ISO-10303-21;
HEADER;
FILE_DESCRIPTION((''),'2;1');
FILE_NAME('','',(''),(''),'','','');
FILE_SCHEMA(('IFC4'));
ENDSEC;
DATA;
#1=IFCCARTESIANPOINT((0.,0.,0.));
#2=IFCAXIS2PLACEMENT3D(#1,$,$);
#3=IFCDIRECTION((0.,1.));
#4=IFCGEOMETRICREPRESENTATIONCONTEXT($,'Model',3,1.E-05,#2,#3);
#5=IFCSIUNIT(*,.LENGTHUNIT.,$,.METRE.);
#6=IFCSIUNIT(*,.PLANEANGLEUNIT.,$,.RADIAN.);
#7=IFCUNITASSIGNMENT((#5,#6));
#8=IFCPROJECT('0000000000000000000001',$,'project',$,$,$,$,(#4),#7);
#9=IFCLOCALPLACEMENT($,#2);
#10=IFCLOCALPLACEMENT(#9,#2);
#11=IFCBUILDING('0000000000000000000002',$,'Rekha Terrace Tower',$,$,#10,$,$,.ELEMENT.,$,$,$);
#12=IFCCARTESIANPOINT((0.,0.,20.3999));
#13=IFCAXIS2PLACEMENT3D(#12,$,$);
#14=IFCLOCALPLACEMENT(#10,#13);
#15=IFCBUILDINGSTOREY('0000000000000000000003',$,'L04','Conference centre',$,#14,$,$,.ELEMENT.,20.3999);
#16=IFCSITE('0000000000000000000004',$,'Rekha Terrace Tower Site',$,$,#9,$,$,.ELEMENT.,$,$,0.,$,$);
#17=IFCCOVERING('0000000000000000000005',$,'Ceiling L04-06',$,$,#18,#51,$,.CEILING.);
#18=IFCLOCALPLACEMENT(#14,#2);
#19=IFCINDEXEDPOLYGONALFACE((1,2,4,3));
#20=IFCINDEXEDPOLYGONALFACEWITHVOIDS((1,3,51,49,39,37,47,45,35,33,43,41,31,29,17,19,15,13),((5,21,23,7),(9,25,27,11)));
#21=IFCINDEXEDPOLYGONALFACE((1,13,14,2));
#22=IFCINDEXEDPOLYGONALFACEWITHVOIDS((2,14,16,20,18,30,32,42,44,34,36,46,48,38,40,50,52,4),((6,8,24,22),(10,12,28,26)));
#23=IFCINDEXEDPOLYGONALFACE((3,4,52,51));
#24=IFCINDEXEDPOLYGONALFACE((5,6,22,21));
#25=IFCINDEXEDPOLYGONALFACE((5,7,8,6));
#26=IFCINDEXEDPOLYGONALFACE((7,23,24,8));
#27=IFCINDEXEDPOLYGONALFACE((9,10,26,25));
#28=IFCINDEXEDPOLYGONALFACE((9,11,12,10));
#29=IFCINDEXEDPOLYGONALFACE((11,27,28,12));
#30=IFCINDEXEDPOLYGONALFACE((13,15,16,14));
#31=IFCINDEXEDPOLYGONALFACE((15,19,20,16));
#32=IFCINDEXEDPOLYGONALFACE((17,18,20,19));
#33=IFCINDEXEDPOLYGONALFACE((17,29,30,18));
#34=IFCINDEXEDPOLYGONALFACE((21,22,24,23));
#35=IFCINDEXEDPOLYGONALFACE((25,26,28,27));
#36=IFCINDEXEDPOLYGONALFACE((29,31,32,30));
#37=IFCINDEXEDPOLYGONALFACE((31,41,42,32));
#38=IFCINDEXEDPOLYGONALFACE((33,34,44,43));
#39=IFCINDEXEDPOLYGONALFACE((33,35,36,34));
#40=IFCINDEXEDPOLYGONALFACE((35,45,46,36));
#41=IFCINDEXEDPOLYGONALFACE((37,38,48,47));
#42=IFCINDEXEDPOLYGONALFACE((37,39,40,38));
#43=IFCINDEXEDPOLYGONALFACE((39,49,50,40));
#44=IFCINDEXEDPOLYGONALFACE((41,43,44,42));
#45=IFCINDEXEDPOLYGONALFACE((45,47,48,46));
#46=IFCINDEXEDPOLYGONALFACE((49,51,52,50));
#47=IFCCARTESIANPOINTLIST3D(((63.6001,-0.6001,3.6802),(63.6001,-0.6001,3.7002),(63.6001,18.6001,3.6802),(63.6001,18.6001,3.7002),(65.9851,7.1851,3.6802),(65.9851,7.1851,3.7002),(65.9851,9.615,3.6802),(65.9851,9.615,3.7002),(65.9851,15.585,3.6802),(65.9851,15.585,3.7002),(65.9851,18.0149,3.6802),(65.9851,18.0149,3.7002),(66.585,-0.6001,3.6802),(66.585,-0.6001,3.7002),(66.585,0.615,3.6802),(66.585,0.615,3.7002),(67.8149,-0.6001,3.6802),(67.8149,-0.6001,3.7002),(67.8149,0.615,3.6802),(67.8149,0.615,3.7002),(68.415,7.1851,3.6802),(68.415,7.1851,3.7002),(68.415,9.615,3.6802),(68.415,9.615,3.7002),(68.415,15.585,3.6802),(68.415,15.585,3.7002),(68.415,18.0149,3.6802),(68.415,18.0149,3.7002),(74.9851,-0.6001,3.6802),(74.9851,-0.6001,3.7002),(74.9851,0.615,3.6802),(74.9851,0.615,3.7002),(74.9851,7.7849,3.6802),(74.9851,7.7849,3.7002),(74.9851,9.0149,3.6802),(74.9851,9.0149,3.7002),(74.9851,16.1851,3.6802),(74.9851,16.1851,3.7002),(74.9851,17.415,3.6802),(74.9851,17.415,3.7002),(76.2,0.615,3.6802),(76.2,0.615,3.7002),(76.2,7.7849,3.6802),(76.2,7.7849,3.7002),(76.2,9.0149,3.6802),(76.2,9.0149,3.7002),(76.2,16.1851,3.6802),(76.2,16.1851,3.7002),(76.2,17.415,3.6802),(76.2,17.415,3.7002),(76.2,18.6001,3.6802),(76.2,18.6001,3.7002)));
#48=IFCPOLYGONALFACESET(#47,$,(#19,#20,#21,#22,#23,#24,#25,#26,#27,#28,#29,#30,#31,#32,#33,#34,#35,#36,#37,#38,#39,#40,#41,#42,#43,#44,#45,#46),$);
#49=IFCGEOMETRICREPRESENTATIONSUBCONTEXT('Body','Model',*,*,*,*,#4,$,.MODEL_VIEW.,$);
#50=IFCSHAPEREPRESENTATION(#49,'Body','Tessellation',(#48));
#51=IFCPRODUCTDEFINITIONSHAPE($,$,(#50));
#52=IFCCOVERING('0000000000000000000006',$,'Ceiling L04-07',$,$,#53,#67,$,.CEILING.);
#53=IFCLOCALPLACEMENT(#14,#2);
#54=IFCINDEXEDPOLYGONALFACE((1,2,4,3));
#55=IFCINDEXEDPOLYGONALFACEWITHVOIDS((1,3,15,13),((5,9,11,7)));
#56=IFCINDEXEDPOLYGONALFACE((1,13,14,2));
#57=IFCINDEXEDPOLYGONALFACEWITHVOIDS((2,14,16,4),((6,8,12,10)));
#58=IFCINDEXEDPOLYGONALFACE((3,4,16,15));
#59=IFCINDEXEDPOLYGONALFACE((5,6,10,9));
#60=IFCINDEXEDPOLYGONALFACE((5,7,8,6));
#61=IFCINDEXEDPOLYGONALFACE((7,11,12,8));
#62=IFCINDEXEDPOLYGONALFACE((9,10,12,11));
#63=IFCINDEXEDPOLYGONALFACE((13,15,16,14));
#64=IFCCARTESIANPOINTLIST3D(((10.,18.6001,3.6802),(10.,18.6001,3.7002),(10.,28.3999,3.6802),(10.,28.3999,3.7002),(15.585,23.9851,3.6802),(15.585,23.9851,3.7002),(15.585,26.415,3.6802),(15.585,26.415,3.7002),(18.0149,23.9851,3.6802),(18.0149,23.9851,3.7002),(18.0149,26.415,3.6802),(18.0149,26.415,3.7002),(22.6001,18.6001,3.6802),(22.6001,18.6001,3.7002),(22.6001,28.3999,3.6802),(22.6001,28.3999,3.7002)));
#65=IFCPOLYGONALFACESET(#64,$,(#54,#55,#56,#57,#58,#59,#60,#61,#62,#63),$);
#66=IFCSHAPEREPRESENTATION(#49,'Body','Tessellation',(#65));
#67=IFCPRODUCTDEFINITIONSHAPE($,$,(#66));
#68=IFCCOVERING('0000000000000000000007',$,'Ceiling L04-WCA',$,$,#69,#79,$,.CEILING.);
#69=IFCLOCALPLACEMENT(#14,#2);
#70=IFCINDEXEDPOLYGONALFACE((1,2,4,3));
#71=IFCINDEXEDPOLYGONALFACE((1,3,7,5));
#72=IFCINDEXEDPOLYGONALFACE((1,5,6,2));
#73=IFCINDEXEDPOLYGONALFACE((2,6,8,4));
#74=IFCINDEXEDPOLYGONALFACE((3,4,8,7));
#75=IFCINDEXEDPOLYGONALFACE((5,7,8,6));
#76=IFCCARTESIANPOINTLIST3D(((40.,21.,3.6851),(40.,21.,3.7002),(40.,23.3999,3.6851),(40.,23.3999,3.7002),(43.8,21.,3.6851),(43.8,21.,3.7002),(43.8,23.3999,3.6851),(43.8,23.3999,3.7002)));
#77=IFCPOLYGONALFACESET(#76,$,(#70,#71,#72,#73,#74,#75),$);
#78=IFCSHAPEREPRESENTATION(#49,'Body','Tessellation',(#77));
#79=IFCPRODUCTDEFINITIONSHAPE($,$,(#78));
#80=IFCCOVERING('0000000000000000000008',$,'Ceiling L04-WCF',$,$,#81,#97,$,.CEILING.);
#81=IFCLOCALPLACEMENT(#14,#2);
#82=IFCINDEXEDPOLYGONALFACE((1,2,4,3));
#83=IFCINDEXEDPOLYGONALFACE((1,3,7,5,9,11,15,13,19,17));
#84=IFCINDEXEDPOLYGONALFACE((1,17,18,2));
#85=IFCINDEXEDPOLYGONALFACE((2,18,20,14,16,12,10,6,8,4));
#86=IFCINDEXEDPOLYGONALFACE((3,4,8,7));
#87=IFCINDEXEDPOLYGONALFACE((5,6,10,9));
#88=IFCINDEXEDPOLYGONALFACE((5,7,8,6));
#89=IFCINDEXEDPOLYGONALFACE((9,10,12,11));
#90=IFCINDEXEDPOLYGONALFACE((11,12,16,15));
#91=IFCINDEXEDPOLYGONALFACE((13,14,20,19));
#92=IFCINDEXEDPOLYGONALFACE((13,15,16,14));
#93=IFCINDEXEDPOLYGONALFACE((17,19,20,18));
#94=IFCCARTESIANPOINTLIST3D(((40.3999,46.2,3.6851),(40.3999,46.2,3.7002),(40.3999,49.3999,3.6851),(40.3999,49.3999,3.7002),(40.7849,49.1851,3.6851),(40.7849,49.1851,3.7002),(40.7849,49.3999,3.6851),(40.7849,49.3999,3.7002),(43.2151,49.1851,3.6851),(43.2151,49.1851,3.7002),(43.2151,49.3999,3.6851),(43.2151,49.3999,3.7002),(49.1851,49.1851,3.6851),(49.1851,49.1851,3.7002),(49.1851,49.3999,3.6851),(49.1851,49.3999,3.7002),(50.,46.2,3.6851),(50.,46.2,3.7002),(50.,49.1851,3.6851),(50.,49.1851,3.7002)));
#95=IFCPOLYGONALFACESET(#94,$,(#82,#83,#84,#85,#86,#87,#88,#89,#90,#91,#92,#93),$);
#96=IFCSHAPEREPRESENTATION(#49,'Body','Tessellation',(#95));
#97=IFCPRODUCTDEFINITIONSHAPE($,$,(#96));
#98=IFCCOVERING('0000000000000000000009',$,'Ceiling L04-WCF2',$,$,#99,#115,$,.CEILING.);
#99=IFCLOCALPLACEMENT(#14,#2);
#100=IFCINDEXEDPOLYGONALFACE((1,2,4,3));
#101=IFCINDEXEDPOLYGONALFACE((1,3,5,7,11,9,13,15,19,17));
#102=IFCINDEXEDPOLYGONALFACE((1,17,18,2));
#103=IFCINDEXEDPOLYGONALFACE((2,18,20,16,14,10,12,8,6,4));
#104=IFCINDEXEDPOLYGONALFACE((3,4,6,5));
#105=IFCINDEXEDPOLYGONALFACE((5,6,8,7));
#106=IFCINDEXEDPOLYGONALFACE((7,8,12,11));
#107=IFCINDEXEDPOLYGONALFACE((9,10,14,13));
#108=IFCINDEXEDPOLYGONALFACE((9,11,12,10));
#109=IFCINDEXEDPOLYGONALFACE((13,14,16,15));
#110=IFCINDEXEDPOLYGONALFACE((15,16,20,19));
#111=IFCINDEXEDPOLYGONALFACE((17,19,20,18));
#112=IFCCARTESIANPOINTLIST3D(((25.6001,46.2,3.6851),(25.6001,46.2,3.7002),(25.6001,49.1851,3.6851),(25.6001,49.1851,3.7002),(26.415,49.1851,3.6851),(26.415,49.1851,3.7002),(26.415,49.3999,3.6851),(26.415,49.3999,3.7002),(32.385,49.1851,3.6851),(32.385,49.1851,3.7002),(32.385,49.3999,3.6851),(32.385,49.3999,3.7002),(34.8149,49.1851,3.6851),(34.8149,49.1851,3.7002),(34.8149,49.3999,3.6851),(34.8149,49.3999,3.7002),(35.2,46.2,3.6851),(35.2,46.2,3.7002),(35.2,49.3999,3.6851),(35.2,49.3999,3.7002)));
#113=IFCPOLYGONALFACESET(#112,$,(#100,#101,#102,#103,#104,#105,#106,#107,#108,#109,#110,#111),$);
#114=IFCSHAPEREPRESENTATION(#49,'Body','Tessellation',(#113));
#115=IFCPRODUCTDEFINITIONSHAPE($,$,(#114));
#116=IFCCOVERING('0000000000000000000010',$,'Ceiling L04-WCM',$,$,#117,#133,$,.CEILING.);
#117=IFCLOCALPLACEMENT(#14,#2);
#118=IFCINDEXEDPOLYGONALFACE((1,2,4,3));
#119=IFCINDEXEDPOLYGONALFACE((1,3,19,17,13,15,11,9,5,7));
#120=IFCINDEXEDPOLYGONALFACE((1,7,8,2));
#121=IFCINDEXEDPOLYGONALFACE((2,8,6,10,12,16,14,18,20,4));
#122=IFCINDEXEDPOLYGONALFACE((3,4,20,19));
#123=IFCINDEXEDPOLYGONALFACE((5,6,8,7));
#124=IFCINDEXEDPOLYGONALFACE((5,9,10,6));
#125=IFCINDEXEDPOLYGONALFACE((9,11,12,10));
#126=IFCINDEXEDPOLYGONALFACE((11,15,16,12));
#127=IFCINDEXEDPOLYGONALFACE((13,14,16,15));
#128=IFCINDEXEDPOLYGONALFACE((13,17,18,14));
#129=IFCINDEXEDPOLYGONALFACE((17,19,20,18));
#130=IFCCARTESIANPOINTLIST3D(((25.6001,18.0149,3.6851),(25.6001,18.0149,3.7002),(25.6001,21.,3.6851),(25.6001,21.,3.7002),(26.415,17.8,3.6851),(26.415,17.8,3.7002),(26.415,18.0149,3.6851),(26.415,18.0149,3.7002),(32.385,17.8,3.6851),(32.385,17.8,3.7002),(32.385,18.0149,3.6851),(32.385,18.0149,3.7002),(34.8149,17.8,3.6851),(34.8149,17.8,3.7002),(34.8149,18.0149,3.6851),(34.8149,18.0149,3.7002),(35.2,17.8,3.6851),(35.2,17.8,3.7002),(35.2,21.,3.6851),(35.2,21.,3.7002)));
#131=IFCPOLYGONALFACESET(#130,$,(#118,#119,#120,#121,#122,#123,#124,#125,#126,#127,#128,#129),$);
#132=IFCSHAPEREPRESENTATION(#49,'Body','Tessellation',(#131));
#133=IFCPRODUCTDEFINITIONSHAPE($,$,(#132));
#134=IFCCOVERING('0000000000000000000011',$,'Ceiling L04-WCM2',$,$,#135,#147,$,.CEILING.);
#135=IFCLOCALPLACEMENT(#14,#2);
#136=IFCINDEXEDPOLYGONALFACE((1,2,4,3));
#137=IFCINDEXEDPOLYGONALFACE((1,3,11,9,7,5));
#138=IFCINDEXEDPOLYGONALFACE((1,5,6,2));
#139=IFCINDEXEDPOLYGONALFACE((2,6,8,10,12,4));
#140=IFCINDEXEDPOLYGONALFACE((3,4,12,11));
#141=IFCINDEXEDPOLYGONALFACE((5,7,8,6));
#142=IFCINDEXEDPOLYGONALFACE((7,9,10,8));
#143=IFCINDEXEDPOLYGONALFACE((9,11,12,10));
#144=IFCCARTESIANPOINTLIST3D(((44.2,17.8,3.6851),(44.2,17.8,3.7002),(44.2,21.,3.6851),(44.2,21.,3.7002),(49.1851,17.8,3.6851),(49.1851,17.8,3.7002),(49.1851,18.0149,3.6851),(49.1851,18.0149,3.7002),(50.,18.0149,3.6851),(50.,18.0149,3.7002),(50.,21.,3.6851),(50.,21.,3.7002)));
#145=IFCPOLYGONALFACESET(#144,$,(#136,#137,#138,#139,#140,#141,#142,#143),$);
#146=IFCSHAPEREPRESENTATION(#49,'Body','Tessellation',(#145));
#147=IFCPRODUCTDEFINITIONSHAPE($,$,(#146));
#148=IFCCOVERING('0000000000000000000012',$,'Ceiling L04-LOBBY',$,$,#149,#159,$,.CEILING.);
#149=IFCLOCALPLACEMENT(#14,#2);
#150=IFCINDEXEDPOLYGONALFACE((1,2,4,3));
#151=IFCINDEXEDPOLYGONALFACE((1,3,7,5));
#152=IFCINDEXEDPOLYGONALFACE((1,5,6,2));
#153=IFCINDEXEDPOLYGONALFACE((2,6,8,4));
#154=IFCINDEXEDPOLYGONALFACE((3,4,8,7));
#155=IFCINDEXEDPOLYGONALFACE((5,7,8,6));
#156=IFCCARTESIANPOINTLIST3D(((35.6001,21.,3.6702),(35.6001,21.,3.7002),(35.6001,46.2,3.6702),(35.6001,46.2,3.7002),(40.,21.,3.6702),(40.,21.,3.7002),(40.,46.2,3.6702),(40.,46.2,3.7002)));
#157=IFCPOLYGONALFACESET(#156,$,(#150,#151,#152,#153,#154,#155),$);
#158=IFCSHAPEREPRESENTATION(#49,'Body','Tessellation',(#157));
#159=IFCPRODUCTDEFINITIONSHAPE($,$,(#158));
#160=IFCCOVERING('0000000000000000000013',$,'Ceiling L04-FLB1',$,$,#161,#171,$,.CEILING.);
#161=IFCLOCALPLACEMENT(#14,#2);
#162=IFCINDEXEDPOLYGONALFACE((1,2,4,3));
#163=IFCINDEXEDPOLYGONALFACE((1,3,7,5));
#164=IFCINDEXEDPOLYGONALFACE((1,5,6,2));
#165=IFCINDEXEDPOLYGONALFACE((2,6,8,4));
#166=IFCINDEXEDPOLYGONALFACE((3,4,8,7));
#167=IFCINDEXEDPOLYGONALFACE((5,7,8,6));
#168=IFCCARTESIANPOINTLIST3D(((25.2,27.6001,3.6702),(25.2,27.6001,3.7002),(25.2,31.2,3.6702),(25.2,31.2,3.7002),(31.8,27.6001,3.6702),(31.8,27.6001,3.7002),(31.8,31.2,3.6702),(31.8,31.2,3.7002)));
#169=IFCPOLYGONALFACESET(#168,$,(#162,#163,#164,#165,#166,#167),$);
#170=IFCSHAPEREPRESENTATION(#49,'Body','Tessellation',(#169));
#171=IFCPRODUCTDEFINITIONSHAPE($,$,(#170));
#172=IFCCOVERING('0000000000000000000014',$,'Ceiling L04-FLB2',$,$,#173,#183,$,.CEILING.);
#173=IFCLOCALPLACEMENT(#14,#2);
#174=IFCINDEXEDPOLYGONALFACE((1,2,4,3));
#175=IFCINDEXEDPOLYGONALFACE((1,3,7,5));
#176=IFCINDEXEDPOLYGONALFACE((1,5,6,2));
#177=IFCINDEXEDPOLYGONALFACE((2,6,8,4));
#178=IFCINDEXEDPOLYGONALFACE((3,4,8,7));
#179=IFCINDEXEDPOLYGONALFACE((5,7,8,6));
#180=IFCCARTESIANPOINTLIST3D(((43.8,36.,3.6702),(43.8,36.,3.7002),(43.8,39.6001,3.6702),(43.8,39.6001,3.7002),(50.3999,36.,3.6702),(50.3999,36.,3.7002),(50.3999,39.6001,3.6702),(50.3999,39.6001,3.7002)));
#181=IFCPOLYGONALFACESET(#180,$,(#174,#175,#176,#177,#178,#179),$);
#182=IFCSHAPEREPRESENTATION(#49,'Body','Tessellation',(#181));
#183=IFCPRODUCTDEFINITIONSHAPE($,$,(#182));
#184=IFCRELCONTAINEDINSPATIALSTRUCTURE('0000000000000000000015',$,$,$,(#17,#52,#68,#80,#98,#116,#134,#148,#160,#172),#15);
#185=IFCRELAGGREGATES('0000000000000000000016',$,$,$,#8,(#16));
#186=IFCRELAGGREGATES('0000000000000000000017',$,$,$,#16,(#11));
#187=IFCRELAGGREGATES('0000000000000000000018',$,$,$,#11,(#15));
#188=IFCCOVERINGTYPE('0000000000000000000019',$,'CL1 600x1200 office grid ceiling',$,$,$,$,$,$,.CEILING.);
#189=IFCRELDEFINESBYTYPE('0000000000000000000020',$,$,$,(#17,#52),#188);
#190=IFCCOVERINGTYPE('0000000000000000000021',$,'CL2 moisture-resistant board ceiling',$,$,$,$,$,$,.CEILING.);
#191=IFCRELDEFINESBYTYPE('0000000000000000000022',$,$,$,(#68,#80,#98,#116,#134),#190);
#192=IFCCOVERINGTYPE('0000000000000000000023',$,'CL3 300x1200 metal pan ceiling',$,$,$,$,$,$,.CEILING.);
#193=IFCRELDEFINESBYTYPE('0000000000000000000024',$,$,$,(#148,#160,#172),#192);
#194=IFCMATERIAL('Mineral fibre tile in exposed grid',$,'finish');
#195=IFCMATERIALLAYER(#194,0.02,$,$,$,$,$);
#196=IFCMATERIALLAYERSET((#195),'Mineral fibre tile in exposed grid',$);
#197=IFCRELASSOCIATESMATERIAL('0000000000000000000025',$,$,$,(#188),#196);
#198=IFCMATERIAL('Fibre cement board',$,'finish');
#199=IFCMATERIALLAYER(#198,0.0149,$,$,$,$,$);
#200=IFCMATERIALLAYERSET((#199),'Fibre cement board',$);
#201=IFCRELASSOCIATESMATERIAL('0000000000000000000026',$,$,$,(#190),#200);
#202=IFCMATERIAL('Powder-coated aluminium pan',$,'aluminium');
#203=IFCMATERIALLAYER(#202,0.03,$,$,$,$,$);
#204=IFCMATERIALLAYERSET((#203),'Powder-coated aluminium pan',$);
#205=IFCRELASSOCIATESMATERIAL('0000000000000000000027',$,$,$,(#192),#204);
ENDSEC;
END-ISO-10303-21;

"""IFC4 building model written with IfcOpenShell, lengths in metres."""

from ifc_helpers import new_model, si_unit, direction, frame, origin, place, context, subcontext, project, spatial, polyline, outline, extrude, material, layer, layer_set, type_object, element, save


model = new_model("IFC4")

# Units and contexts
model_context = context("Model", 3, precision=1e-05, world=origin(), true_north=direction((0.0, 1.0)))
body_context = subcontext(model_context, "Body", "Model", "MODEL_VIEW")
ifc_project = project(units=[si_unit("LENGTHUNIT", "METRE"), si_unit("PLANEANGLEUNIT", "RADIAN")], contexts=[model_context])

# Site, building, storey
site_placement = place(None, origin())
site = spatial("IfcSite", under=ifc_project, at=site_placement, Name="Rekha Terrace Tower Site", CompositionType="ELEMENT", RefElevation=0.0)
building_placement = place(site_placement, origin())
building = spatial("IfcBuilding", under=site, at=building_placement, Name="Rekha Terrace Tower", CompositionType="ELEMENT")
storey_placement = place(building_placement, frame((0.0, 0.0, 20.3999)))
storey = spatial("IfcBuildingStorey", under=building, at=storey_placement, Name="L04", Description="Conference centre", CompositionType="ELEMENT", Elevation=20.3999)

# Coverings
ifc_material_1 = material(Name="Mineral fibre tile in exposed grid", Category="finish")
ifc_layer_1 = layer(ifc_material_1, 0.02)
ifc_layer_set_1 = layer_set([ifc_layer_1], Name="Mineral fibre tile in exposed grid")
covering_type_1 = type_object("IfcCoveringType", Name="CL1 600x1200 office grid ceiling", PredefinedType="CEILING", material=ifc_layer_set_1)
covering_1_placement = place(storey_placement, frame((0.0, 0.0, 3.6802)))
element("IfcCovering", 1, at=covering_1_placement, inside=storey, type_object=covering_type_1, Name="Ceiling L04-06", PredefinedType="CEILING", context=body_context, shape_type="SweptSolid", body=[
    extrude(outline(polyline([(76.2, 18.6001), (63.6001, 18.6001), (63.6001, -0.6001), (66.585, -0.6001), (66.585, 0.615), (67.8149, 0.615), (67.8149, -0.6001), (74.9851, -0.6001), (74.9851, 0.615), (76.2, 0.615), (76.2, 7.7849), (74.9851, 7.7849), (74.9851, 9.0149), (76.2, 9.0149), (76.2, 16.1851), (74.9851, 16.1851), (74.9851, 17.415), (76.2, 17.415), (76.2, 18.6001)]), holes=[polyline([(65.9851, 7.1851), (65.9851, 9.615), (68.415, 9.615), (68.415, 7.1851), (65.9851, 7.1851)]), polyline([(65.9851, 15.585), (65.9851, 18.0149), (68.415, 18.0149), (68.415, 15.585), (65.9851, 15.585)])]), origin(), (0.0, 0.0, 1.0), 0.02),
])
covering_2_placement = place(storey_placement, frame((0.0, 0.0, 3.6802)))
element("IfcCovering", 2, at=covering_2_placement, inside=storey, type_object=covering_type_1, Name="Ceiling L04-07", PredefinedType="CEILING", context=body_context, shape_type="SweptSolid", body=[
    extrude(outline(polyline([(22.6001, 18.6001), (22.6001, 28.3999), (10.0, 28.3999), (10.0, 18.6001), (22.6001, 18.6001)]), holes=[polyline([(15.585, 23.9851), (15.585, 26.415), (18.0149, 26.415), (18.0149, 23.9851), (15.585, 23.9851)])]), origin(), (0.0, 0.0, 1.0), 0.02),
])
ifc_material_2 = material(Name="Fibre cement board", Category="finish")
ifc_layer_2 = layer(ifc_material_2, 0.0149)
ifc_layer_set_2 = layer_set([ifc_layer_2], Name="Fibre cement board")
covering_type_2 = type_object("IfcCoveringType", Name="CL2 moisture-resistant board ceiling", PredefinedType="CEILING", material=ifc_layer_set_2)
covering_3_placement = place(storey_placement, frame((0.0, 0.0, 3.6851)))
element("IfcCovering", 3, at=covering_3_placement, inside=storey, type_object=covering_type_2, Name="Ceiling L04-WCA", PredefinedType="CEILING", context=body_context, shape_type="SweptSolid", body=[
    extrude(outline(polyline([(43.8, 23.3999), (40.0, 23.3999), (40.0, 21.0), (43.8, 21.0), (43.8, 23.3999)])), origin(), (0.0, 0.0, 1.0), 0.0151),
])
covering_4_placement = place(storey_placement, frame((0.0, 0.0, 3.6851)))
element("IfcCovering", 4, at=covering_4_placement, inside=storey, type_object=covering_type_2, Name="Ceiling L04-WCF", PredefinedType="CEILING", context=body_context, shape_type="SweptSolid", body=[
    extrude(outline(polyline([(40.7849, 49.3999), (40.3999, 49.3999), (40.3999, 46.2), (50.0, 46.2), (50.0, 49.1851), (49.1851, 49.1851), (49.1851, 49.3999), (43.2151, 49.3999), (43.2151, 49.1851), (40.7849, 49.1851), (40.7849, 49.3999)])), origin(), (0.0, 0.0, 1.0), 0.0151),
])
covering_5_placement = place(storey_placement, frame((0.0, 0.0, 3.6851)))
element("IfcCovering", 5, at=covering_5_placement, inside=storey, type_object=covering_type_2, Name="Ceiling L04-WCF2", PredefinedType="CEILING", context=body_context, shape_type="SweptSolid", body=[
    extrude(outline(polyline([(26.415, 49.1851), (25.6001, 49.1851), (25.6001, 46.2), (35.2, 46.2), (35.2, 49.3999), (34.8149, 49.3999), (34.8149, 49.1851), (32.385, 49.1851), (32.385, 49.3999), (26.415, 49.3999), (26.415, 49.1851)])), origin(), (0.0, 0.0, 1.0), 0.0151),
])
covering_6_placement = place(storey_placement, frame((0.0, 0.0, 3.6851)))
element("IfcCovering", 6, at=covering_6_placement, inside=storey, type_object=covering_type_2, Name="Ceiling L04-WCM", PredefinedType="CEILING", context=body_context, shape_type="SweptSolid", body=[
    extrude(outline(polyline([(35.2, 21.0), (25.6001, 21.0), (25.6001, 18.0149), (26.415, 18.0149), (26.415, 17.8), (32.385, 17.8), (32.385, 18.0149), (34.8149, 18.0149), (34.8149, 17.8), (35.2, 17.8), (35.2, 21.0)])), origin(), (0.0, 0.0, 1.0), 0.0151),
])
covering_7_placement = place(storey_placement, frame((0.0, 0.0, 3.6851)))
element("IfcCovering", 7, at=covering_7_placement, inside=storey, type_object=covering_type_2, Name="Ceiling L04-WCM2", PredefinedType="CEILING", context=body_context, shape_type="SweptSolid", body=[
    extrude(outline(polyline([(50.0, 21.0), (44.2, 21.0), (44.2, 17.8), (49.1851, 17.8), (49.1851, 18.0149), (50.0, 18.0149), (50.0, 21.0)])), origin(), (0.0, 0.0, 1.0), 0.0151),
])
ifc_material_3 = material(Name="Powder-coated aluminium pan", Category="aluminium")
ifc_layer_3 = layer(ifc_material_3, 0.03)
ifc_layer_set_3 = layer_set([ifc_layer_3], Name="Powder-coated aluminium pan")
covering_type_3 = type_object("IfcCoveringType", Name="CL3 300x1200 metal pan ceiling", PredefinedType="CEILING", material=ifc_layer_set_3)
covering_8_placement = place(storey_placement, frame((0.0, 0.0, 3.6702)))
element("IfcCovering", 8, at=covering_8_placement, inside=storey, type_object=covering_type_3, Name="Ceiling L04-LOBBY", PredefinedType="CEILING", context=body_context, shape_type="SweptSolid", body=[
    extrude(outline(polyline([(40.0, 46.2), (35.6001, 46.2), (35.6001, 21.0), (40.0, 21.0), (40.0, 46.2)])), origin(), (0.0, 0.0, 1.0), 0.03),
])
covering_9_placement = place(storey_placement, frame((0.0, 0.0, 3.6702)))
element("IfcCovering", 9, at=covering_9_placement, inside=storey, type_object=covering_type_3, Name="Ceiling L04-FLB1", PredefinedType="CEILING", context=body_context, shape_type="SweptSolid", body=[
    extrude(outline(polyline([(31.8, 31.2), (25.2, 31.2), (25.2, 27.6001), (31.8, 27.6001), (31.8, 31.2)])), origin(), (0.0, 0.0, 1.0), 0.03),
])
covering_10_placement = place(storey_placement, frame((0.0, 0.0, 3.6702)))
element("IfcCovering", 10, at=covering_10_placement, inside=storey, type_object=covering_type_3, Name="Ceiling L04-FLB2", PredefinedType="CEILING", context=body_context, shape_type="SweptSolid", body=[
    extrude(outline(polyline([(50.3999, 39.6001), (43.8, 39.6001), (43.8, 36.0), (50.3999, 36.0), (50.3999, 39.6001)])), origin(), (0.0, 0.0, 1.0), 0.03),
])

save(model, "model.ifc")
